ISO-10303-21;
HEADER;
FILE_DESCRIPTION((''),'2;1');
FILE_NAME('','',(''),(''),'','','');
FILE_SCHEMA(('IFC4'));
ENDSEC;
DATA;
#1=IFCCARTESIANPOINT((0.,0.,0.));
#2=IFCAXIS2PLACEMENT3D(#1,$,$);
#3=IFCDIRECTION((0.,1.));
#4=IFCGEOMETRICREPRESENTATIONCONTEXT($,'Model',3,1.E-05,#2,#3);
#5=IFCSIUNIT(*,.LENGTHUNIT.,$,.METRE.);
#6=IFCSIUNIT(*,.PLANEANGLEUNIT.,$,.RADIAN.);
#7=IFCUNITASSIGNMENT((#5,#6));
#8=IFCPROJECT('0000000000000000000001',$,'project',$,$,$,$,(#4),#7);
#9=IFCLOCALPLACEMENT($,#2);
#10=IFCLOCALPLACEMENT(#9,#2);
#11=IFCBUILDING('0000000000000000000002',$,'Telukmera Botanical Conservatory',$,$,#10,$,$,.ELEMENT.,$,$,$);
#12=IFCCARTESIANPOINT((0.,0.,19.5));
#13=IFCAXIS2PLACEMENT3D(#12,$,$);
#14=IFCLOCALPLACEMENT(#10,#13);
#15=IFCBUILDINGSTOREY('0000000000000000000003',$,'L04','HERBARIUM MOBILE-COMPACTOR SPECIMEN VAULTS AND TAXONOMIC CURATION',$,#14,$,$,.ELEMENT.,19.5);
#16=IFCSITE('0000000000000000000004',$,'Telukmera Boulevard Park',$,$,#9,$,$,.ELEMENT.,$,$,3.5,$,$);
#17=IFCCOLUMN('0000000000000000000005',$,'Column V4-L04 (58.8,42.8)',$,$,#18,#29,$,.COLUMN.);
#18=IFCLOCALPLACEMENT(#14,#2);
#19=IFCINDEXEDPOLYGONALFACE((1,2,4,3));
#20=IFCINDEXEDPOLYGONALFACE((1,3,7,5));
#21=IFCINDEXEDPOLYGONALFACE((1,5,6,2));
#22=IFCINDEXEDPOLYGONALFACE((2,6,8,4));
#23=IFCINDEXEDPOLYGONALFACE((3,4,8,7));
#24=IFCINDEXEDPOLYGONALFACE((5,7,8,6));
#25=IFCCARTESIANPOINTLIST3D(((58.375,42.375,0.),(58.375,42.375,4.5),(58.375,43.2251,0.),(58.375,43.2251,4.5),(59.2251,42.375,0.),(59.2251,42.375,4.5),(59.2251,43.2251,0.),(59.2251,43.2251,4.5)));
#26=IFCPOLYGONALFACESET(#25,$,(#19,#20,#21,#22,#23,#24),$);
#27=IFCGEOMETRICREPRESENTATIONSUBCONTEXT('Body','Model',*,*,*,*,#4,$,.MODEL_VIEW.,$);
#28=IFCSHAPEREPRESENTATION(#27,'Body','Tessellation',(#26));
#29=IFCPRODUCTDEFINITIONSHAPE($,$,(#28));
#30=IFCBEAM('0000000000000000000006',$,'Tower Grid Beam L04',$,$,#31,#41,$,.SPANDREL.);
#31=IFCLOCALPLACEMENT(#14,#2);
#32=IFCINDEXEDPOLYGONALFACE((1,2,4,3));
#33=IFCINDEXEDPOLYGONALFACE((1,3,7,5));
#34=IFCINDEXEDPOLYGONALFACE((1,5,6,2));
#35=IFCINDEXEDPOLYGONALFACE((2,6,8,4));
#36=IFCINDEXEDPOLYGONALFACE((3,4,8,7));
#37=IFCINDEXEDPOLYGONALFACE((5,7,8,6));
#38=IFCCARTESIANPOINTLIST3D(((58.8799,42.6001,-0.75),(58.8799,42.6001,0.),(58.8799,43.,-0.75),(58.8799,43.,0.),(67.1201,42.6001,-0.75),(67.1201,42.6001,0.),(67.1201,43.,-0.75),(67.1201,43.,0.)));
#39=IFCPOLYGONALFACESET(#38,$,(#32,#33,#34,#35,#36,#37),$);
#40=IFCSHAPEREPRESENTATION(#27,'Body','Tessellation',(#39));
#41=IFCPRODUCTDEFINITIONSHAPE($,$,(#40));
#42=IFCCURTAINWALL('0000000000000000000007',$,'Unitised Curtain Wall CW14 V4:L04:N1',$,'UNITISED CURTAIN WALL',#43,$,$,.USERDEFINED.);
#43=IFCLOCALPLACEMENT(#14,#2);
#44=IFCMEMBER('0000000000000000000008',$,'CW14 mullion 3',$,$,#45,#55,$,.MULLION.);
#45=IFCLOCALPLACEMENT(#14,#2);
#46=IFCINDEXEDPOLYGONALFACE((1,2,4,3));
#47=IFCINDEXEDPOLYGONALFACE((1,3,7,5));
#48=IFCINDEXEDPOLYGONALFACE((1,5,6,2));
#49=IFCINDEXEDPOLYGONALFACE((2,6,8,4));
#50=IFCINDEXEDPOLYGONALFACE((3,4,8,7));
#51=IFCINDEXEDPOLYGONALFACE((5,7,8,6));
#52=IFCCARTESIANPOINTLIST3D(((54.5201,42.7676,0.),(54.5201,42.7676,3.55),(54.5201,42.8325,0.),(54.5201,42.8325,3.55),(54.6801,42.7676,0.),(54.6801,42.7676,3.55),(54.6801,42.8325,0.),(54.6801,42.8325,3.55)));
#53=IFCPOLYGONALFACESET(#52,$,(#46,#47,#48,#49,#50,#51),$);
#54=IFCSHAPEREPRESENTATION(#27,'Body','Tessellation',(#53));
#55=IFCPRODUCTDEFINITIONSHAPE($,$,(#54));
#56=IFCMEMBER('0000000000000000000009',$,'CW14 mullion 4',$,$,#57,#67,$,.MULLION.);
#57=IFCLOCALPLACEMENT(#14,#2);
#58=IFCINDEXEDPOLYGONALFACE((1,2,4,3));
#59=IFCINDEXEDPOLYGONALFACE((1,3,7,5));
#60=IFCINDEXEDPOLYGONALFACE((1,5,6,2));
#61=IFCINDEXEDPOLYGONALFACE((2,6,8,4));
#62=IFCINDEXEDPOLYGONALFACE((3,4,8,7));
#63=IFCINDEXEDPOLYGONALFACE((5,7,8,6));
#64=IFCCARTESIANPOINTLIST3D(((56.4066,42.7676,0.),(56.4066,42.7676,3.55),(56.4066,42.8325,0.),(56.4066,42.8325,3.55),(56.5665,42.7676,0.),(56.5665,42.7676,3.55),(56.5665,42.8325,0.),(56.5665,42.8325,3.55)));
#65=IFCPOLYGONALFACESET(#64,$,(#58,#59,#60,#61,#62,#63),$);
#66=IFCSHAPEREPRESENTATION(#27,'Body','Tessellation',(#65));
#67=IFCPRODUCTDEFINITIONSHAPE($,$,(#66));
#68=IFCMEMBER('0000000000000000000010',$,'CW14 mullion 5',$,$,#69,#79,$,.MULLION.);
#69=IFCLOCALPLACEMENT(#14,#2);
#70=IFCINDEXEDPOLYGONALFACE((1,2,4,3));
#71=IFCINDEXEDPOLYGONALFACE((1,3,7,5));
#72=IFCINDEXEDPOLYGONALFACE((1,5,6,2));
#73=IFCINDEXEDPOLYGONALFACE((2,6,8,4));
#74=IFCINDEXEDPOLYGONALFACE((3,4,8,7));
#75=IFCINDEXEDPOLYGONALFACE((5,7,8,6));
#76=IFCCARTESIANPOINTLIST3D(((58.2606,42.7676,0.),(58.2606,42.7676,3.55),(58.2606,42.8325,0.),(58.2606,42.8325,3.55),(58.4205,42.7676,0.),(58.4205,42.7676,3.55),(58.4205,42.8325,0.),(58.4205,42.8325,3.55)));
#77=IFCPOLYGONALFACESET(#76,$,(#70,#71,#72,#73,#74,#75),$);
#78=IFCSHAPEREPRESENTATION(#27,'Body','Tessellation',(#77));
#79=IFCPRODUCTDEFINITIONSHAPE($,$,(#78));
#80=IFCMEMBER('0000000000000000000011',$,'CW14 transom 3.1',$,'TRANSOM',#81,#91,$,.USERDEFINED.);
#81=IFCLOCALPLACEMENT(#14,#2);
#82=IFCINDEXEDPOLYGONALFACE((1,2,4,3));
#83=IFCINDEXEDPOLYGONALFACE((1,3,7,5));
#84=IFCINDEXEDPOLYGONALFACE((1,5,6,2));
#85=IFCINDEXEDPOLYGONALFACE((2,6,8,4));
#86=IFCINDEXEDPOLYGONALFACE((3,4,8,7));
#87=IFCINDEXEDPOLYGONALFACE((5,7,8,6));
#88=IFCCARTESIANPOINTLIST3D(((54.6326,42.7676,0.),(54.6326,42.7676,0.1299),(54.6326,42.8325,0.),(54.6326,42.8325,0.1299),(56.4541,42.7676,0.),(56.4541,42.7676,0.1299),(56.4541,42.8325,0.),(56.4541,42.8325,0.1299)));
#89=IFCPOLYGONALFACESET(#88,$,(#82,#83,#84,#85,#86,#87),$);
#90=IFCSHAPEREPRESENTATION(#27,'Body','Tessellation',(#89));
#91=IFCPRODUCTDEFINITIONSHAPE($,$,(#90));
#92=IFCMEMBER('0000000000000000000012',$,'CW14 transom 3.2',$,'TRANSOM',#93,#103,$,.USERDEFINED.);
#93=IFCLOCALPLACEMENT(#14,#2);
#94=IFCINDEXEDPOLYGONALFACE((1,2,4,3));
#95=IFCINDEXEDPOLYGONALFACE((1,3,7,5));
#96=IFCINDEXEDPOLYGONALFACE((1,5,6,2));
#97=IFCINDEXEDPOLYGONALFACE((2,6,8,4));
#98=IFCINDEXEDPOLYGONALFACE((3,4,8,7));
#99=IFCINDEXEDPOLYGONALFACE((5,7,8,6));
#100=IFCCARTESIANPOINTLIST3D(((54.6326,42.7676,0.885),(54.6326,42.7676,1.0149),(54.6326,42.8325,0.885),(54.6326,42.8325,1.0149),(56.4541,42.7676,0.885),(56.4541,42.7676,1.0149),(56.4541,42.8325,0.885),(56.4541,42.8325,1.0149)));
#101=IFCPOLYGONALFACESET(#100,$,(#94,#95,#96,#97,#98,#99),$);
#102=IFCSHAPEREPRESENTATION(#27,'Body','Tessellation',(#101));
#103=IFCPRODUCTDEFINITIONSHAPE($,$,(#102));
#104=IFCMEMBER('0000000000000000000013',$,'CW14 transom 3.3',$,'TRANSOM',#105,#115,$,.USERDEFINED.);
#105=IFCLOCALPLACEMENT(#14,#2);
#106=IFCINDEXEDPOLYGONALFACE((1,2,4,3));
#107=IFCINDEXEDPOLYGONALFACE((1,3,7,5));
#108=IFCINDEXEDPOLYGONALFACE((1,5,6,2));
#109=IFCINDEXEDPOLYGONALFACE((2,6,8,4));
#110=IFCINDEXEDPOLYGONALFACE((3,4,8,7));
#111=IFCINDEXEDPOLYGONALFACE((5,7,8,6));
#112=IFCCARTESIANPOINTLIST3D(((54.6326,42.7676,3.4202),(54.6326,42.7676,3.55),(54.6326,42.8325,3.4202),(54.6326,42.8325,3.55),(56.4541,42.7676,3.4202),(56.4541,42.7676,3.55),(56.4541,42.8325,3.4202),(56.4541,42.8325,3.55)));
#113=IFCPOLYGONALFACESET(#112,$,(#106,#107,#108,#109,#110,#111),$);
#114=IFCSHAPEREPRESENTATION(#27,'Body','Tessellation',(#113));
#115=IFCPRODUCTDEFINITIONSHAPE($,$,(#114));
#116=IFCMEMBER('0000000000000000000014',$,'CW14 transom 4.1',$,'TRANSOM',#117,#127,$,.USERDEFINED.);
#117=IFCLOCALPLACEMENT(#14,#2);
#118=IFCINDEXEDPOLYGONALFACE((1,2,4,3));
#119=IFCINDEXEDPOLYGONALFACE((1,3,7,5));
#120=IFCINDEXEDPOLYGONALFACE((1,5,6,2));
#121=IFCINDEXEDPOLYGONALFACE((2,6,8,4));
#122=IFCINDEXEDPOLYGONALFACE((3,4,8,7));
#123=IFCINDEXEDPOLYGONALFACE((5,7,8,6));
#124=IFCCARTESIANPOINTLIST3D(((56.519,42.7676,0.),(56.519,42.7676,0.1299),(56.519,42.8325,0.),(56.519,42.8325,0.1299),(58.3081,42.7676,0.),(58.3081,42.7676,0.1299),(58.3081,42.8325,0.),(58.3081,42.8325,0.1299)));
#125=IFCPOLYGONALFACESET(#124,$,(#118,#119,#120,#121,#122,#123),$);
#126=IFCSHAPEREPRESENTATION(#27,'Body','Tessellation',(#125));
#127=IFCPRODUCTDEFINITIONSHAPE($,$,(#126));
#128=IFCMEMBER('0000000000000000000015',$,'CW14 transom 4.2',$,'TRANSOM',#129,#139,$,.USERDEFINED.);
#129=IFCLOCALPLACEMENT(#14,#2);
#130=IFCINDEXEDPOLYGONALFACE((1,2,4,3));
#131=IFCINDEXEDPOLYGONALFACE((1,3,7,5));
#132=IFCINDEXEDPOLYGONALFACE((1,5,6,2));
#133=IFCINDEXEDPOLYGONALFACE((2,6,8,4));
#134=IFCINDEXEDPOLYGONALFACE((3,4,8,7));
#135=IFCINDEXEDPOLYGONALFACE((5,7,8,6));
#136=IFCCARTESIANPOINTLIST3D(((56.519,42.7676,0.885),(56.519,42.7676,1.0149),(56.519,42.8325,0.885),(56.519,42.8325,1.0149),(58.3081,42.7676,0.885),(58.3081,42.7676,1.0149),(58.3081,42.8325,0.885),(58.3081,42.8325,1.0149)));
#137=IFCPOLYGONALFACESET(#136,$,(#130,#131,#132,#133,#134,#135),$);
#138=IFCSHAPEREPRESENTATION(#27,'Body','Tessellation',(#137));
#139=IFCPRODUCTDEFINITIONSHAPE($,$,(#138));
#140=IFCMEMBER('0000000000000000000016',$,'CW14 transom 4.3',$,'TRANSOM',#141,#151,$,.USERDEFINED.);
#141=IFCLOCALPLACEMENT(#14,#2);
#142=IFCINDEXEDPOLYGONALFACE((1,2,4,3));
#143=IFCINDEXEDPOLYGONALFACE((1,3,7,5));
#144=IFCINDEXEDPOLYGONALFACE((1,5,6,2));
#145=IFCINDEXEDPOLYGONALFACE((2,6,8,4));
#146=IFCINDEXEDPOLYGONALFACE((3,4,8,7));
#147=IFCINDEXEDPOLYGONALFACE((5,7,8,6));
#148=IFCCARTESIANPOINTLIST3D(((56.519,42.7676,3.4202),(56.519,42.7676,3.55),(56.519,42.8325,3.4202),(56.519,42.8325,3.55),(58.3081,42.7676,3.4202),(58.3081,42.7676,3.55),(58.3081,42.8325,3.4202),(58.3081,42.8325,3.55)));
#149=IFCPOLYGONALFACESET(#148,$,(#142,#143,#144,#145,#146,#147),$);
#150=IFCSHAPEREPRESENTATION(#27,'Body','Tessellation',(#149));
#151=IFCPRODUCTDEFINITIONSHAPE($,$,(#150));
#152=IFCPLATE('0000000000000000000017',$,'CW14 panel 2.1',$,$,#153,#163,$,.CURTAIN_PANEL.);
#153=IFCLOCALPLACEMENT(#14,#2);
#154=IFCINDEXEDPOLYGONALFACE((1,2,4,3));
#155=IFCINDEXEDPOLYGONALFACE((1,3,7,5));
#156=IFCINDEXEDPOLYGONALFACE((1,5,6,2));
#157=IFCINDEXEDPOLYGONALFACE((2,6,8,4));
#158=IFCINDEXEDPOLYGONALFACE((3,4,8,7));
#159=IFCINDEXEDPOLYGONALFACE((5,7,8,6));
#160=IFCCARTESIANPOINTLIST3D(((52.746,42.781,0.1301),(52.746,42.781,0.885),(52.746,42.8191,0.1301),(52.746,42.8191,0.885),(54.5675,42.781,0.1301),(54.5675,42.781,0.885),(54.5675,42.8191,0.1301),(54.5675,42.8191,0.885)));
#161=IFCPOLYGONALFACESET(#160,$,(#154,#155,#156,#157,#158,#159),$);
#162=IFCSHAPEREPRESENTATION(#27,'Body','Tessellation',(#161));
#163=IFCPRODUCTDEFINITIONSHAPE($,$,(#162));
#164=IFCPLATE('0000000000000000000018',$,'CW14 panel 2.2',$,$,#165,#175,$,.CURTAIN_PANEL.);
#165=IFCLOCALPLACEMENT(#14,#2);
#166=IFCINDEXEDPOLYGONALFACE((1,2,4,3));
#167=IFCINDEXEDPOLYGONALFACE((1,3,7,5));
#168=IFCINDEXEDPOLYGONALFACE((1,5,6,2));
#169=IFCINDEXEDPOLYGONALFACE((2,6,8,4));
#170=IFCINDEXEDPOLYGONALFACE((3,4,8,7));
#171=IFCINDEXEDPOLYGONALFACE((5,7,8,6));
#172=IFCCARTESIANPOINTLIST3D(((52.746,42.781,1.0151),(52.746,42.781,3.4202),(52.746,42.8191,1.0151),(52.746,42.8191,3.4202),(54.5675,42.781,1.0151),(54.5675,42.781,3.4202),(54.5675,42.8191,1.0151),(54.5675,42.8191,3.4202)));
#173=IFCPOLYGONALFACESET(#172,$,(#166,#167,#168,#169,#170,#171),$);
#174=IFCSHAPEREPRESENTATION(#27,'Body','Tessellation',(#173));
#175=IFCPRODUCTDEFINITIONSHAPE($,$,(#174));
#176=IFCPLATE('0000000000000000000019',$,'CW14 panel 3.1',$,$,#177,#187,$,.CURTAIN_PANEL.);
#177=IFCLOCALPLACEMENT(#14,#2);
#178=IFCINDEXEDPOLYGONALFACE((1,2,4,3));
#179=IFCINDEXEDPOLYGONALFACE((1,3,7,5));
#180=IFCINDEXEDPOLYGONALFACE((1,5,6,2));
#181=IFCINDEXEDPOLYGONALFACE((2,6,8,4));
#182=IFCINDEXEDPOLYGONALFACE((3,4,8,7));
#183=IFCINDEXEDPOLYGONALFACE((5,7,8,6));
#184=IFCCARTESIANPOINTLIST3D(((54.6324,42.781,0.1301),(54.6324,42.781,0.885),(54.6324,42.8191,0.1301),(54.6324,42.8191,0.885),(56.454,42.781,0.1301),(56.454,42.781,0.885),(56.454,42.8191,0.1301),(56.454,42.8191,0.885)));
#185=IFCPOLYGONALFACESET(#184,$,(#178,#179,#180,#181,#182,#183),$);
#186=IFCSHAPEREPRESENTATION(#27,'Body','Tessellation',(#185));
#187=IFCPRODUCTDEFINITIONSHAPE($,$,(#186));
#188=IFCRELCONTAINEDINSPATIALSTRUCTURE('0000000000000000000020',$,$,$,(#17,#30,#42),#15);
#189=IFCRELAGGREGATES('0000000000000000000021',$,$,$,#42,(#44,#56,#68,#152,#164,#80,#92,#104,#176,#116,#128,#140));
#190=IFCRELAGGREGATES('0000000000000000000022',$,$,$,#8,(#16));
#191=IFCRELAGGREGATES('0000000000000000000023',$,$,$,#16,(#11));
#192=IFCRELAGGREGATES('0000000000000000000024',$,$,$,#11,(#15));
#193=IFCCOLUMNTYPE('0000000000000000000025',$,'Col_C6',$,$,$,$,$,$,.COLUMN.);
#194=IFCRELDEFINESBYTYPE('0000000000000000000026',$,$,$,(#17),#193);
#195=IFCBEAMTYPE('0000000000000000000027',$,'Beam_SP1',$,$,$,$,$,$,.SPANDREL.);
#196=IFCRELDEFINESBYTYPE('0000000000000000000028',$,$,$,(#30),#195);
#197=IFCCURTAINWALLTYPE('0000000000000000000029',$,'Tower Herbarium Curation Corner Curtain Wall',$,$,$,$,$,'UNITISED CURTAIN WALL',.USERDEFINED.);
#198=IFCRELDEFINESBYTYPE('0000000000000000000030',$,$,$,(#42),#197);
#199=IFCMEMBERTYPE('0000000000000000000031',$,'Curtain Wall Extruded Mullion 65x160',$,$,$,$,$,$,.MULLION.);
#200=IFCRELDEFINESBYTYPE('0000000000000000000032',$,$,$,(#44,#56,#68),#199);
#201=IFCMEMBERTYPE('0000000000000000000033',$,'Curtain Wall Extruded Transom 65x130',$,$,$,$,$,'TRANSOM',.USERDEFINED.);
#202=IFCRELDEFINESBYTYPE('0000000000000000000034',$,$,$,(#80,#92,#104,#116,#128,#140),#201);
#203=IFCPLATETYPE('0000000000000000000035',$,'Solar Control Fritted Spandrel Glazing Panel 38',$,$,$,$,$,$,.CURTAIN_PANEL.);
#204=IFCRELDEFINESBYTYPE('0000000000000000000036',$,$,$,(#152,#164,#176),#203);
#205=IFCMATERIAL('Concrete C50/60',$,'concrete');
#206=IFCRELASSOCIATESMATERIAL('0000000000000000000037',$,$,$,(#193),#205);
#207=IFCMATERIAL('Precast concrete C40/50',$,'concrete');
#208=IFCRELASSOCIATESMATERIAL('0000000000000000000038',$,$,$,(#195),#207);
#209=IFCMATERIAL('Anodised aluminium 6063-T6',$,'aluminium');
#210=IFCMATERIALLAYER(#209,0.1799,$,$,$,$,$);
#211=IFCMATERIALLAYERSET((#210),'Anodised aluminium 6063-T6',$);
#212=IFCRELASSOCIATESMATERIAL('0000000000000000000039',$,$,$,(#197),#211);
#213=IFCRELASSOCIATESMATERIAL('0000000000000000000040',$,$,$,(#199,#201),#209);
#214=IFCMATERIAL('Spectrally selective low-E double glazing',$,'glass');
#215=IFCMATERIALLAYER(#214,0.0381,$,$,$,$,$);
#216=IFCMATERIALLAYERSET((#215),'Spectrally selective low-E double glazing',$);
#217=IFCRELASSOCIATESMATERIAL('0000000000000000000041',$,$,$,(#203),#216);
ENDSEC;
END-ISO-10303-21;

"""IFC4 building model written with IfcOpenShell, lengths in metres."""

from ifc_helpers import new_model, si_unit, direction, frame, origin, origin_2d, place, context, subcontext, project, spatial, rectangle, extrude, material, layer, layer_set, material_profile, profile_set, type_object, element, aggregate, save


model = new_model("IFC4")

# Units and contexts
model_context = context("Model", 3, precision=1e-05, world=origin(), true_north=direction((0.0, 1.0)))
body_context = subcontext(model_context, "Body", "Model", "MODEL_VIEW")
ifc_project = project(units=[si_unit("LENGTHUNIT", "METRE"), si_unit("PLANEANGLEUNIT", "RADIAN")], contexts=[model_context])

# Site, building, storey
site_placement = place(None, origin())
site = spatial("IfcSite", under=ifc_project, at=site_placement, Name="Telukmera Boulevard Park", CompositionType="ELEMENT", RefElevation=3.5)
building_placement = place(site_placement, origin())
building = spatial("IfcBuilding", under=site, at=building_placement, Name="Telukmera Botanical Conservatory", CompositionType="ELEMENT")
storey_placement = place(building_placement, frame((0.0, 0.0, 19.5)))
storey = spatial("IfcBuildingStorey", under=building, at=storey_placement, Name="L04", Description="HERBARIUM MOBILE-COMPACTOR SPECIMEN VAULTS AND TAXONOMIC CURATION", CompositionType="ELEMENT", Elevation=19.5)

# Column
ifc_material_1 = material(Name="Concrete C50/60", Category="concrete")
ifc_material_profile_1 = material_profile(ifc_material_1, rectangle(XDim=0.8501, YDim=0.8501, at=origin_2d()), Name="RC 850x850")
ifc_profile_set_1 = profile_set([ifc_material_profile_1], Name="Concrete C50/60")
column_type = type_object("IfcColumnType", Name="Col_C6", PredefinedType="COLUMN", material=ifc_profile_set_1)
column_placement = place(storey_placement, frame((58.8, 42.8, 0.0), z_axis=(0.0, 0.0, 1.0), x_axis=(1.0, 0.0, 0.0)))
element("IfcColumn", 1, at=column_placement, inside=storey, type_object=column_type, Name="Column V4-L04 (58.8,42.8)", PredefinedType="COLUMN", context=body_context, shape_type="SweptSolid", body=[
    extrude(rectangle(XDim=0.8501, YDim=0.8501, at=origin_2d()), origin(), (0.0, 0.0, 1.0), 4.5),
])

# Beam
ifc_material_2 = material(Name="Precast concrete C40/50", Category="concrete")
ifc_material_profile_2 = material_profile(ifc_material_2, rectangle(XDim=0.3999, YDim=0.75, at=origin_2d()), Name="PC 400x750")
ifc_profile_set_2 = profile_set([ifc_material_profile_2], Name="Precast concrete C40/50")
beam_type = type_object("IfcBeamType", Name="Beam_SP1", PredefinedType="SPANDREL", material=ifc_profile_set_2)
beam_placement = place(storey_placement, frame((58.8799, 42.8, -0.375), z_axis=(1.0, 0.0, 0.0), x_axis=(0.0, 1.0, 0.0)))
element("IfcBeam", 2, at=beam_placement, inside=storey, type_object=beam_type, Name="Tower Grid Beam L04", PredefinedType="SPANDREL", context=body_context, shape_type="SweptSolid", body=[
    extrude(rectangle(XDim=0.3999, YDim=0.75, at=origin_2d()), origin(), (0.0, 0.0, 1.0), 8.2402),
])

# Curtain wall, members, plates
ifc_material_3 = material(Name="Anodised aluminium 6063-T6", Category="aluminium")
ifc_layer_1 = layer(ifc_material_3, 0.1799)
ifc_layer_set_1 = layer_set([ifc_layer_1], Name="Anodised aluminium 6063-T6")
curtain_wall_type = type_object("IfcCurtainWallType", Name="Tower Herbarium Curation Corner Curtain Wall", ElementType="UNITISED CURTAIN WALL", PredefinedType="USERDEFINED", material=ifc_layer_set_1)
curtain_wall_placement = place(storey_placement, origin())
curtain_wall = element("IfcCurtainWall", 3, at=curtain_wall_placement, inside=storey, type_object=curtain_wall_type, Name="Unitised Curtain Wall CW14 V4:L04:N1", ObjectType="UNITISED CURTAIN WALL", PredefinedType="USERDEFINED")
ifc_material_profile_3 = material_profile(ifc_material_3, rectangle(XDim=0.0649, YDim=0.1599, at=origin_2d()), Name="ALU MULL 65x160")
ifc_profile_set_3 = profile_set([ifc_material_profile_3], Name="Anodised aluminium 6063-T6")
member_type_1 = type_object("IfcMemberType", Name="Curtain Wall Extruded Mullion 65x160", PredefinedType="MULLION", material=ifc_profile_set_3)
member_1_placement = place(storey_placement, frame((54.6001, 42.8, 0.0), z_axis=(0.0, 0.0, 1.0), x_axis=(0.0, 1.0, 0.0)))
member_1 = element("IfcMember", 4, at=member_1_placement, type_object=member_type_1, Name="CW14 mullion 3", PredefinedType="MULLION", context=body_context, shape_type="SweptSolid", body=[
    extrude(rectangle(XDim=0.0649, YDim=0.1599, at=origin_2d()), origin(), (0.0, 0.0, 1.0), 3.55),
])
member_2_placement = place(storey_placement, frame((56.4866, 42.8, 0.0), z_axis=(0.0, 0.0, 1.0), x_axis=(0.0, 1.0, 0.0)))
member_2 = element("IfcMember", 5, at=member_2_placement, type_object=member_type_1, Name="CW14 mullion 4", PredefinedType="MULLION", context=body_context, shape_type="SweptSolid", body=[
    extrude(rectangle(XDim=0.0649, YDim=0.1599, at=origin_2d()), origin(), (0.0, 0.0, 1.0), 3.55),
])
member_3_placement = place(storey_placement, frame((58.3406, 42.8, 0.0), z_axis=(0.0, 0.0, 1.0), x_axis=(0.0, 1.0, 0.0)))
member_3 = element("IfcMember", 6, at=member_3_placement, type_object=member_type_1, Name="CW14 mullion 5", PredefinedType="MULLION", context=body_context, shape_type="SweptSolid", body=[
    extrude(rectangle(XDim=0.0649, YDim=0.1599, at=origin_2d()), origin(), (0.0, 0.0, 1.0), 3.55),
])
ifc_material_profile_4 = material_profile(ifc_material_3, rectangle(XDim=0.0649, YDim=0.1299, at=origin_2d()), Name="ALU TRAN 65x130")
ifc_profile_set_4 = profile_set([ifc_material_profile_4], Name="Anodised aluminium 6063-T6")
member_type_2 = type_object("IfcMemberType", Name="Curtain Wall Extruded Transom 65x130", ElementType="TRANSOM", PredefinedType="USERDEFINED", material=ifc_profile_set_4)
member_4_placement = place(storey_placement, frame((54.6326, 42.8, 0.0649), z_axis=(1.0, 0.0, 0.0), x_axis=(0.0, 1.0, 0.0)))
member_4 = element("IfcMember", 7, at=member_4_placement, type_object=member_type_2, Name="CW14 transom 3.1", ObjectType="TRANSOM", PredefinedType="USERDEFINED", context=body_context, shape_type="SweptSolid", body=[
    extrude(rectangle(XDim=0.0649, YDim=0.1299, at=origin_2d()), origin(), (0.0, 0.0, 1.0), 1.8215),
])
member_5_placement = place(storey_placement, frame((54.6326, 42.8, 0.95), z_axis=(1.0, 0.0, 0.0), x_axis=(0.0, 1.0, 0.0)))
member_5 = element("IfcMember", 8, at=member_5_placement, type_object=member_type_2, Name="CW14 transom 3.2", ObjectType="TRANSOM", PredefinedType="USERDEFINED", context=body_context, shape_type="SweptSolid", body=[
    extrude(rectangle(XDim=0.0649, YDim=0.1299, at=origin_2d()), origin(), (0.0, 0.0, 1.0), 1.8215),
])
member_6_placement = place(storey_placement, frame((54.6326, 42.8, 3.4851), z_axis=(1.0, 0.0, 0.0), x_axis=(0.0, 1.0, 0.0)))
member_6 = element("IfcMember", 9, at=member_6_placement, type_object=member_type_2, Name="CW14 transom 3.3", ObjectType="TRANSOM", PredefinedType="USERDEFINED", context=body_context, shape_type="SweptSolid", body=[
    extrude(rectangle(XDim=0.0649, YDim=0.1299, at=origin_2d()), origin(), (0.0, 0.0, 1.0), 1.8215),
])
member_7_placement = place(storey_placement, frame((56.519, 42.8, 0.0649), z_axis=(1.0, 0.0, 0.0), x_axis=(0.0, 1.0, 0.0)))
member_7 = element("IfcMember", 10, at=member_7_placement, type_object=member_type_2, Name="CW14 transom 4.1", ObjectType="TRANSOM", PredefinedType="USERDEFINED", context=body_context, shape_type="SweptSolid", body=[
    extrude(rectangle(XDim=0.0649, YDim=0.1299, at=origin_2d()), origin(), (0.0, 0.0, 1.0), 1.7891),
])
member_8_placement = place(storey_placement, frame((56.519, 42.8, 0.95), z_axis=(1.0, 0.0, 0.0), x_axis=(0.0, 1.0, 0.0)))
member_8 = element("IfcMember", 11, at=member_8_placement, type_object=member_type_2, Name="CW14 transom 4.2", ObjectType="TRANSOM", PredefinedType="USERDEFINED", context=body_context, shape_type="SweptSolid", body=[
    extrude(rectangle(XDim=0.0649, YDim=0.1299, at=origin_2d()), origin(), (0.0, 0.0, 1.0), 1.7891),
])
member_9_placement = place(storey_placement, frame((56.519, 42.8, 3.4851), z_axis=(1.0, 0.0, 0.0), x_axis=(0.0, 1.0, 0.0)))
member_9 = element("IfcMember", 12, at=member_9_placement, type_object=member_type_2, Name="CW14 transom 4.3", ObjectType="TRANSOM", PredefinedType="USERDEFINED", context=body_context, shape_type="SweptSolid", body=[
    extrude(rectangle(XDim=0.0649, YDim=0.1299, at=origin_2d()), origin(), (0.0, 0.0, 1.0), 1.7891),
])
ifc_material_4 = material(Name="Spectrally selective low-E double glazing", Category="glass")
ifc_layer_2 = layer(ifc_material_4, 0.0381)
ifc_layer_set_2 = layer_set([ifc_layer_2], Name="Spectrally selective low-E double glazing")
plate_type = type_object("IfcPlateType", Name="Solar Control Fritted Spandrel Glazing Panel 38", PredefinedType="CURTAIN_PANEL", material=ifc_layer_set_2)
plate_1_placement = place(storey_placement, frame((53.6567, 42.8, 0.1301), z_axis=(0.0, 0.0, 1.0), x_axis=(1.0, 0.0, 0.0)))
plate_1 = element("IfcPlate", 13, at=plate_1_placement, type_object=plate_type, Name="CW14 panel 2.1", PredefinedType="CURTAIN_PANEL", context=body_context, shape_type="SweptSolid", body=[
    extrude(rectangle(XDim=1.8215, YDim=0.0381, at=origin_2d()), origin(), (0.0, 0.0, 1.0), 0.7549),
])
plate_2_placement = place(storey_placement, frame((53.6567, 42.8, 1.0151), z_axis=(0.0, 0.0, 1.0), x_axis=(1.0, 0.0, 0.0)))
plate_2 = element("IfcPlate", 14, at=plate_2_placement, type_object=plate_type, Name="CW14 panel 2.2", PredefinedType="CURTAIN_PANEL", context=body_context, shape_type="SweptSolid", body=[
    extrude(rectangle(XDim=1.8215, YDim=0.0381, at=origin_2d()), origin(), (0.0, 0.0, 1.0), 2.405),
])
plate_3_placement = place(storey_placement, frame((55.5432, 42.8, 0.1301), z_axis=(0.0, 0.0, 1.0), x_axis=(1.0, 0.0, 0.0)))
plate_3 = element("IfcPlate", 15, at=plate_3_placement, type_object=plate_type, Name="CW14 panel 3.1", PredefinedType="CURTAIN_PANEL", context=body_context, shape_type="SweptSolid", body=[
    extrude(rectangle(XDim=1.8215, YDim=0.0381, at=origin_2d()), origin(), (0.0, 0.0, 1.0), 0.7549),
])
aggregate(curtain_wall, [member_1, member_2, member_3, plate_1, plate_2, member_4, member_5, member_6, plate_3, member_7, member_8, member_9])

save(model, "model.ifc")
